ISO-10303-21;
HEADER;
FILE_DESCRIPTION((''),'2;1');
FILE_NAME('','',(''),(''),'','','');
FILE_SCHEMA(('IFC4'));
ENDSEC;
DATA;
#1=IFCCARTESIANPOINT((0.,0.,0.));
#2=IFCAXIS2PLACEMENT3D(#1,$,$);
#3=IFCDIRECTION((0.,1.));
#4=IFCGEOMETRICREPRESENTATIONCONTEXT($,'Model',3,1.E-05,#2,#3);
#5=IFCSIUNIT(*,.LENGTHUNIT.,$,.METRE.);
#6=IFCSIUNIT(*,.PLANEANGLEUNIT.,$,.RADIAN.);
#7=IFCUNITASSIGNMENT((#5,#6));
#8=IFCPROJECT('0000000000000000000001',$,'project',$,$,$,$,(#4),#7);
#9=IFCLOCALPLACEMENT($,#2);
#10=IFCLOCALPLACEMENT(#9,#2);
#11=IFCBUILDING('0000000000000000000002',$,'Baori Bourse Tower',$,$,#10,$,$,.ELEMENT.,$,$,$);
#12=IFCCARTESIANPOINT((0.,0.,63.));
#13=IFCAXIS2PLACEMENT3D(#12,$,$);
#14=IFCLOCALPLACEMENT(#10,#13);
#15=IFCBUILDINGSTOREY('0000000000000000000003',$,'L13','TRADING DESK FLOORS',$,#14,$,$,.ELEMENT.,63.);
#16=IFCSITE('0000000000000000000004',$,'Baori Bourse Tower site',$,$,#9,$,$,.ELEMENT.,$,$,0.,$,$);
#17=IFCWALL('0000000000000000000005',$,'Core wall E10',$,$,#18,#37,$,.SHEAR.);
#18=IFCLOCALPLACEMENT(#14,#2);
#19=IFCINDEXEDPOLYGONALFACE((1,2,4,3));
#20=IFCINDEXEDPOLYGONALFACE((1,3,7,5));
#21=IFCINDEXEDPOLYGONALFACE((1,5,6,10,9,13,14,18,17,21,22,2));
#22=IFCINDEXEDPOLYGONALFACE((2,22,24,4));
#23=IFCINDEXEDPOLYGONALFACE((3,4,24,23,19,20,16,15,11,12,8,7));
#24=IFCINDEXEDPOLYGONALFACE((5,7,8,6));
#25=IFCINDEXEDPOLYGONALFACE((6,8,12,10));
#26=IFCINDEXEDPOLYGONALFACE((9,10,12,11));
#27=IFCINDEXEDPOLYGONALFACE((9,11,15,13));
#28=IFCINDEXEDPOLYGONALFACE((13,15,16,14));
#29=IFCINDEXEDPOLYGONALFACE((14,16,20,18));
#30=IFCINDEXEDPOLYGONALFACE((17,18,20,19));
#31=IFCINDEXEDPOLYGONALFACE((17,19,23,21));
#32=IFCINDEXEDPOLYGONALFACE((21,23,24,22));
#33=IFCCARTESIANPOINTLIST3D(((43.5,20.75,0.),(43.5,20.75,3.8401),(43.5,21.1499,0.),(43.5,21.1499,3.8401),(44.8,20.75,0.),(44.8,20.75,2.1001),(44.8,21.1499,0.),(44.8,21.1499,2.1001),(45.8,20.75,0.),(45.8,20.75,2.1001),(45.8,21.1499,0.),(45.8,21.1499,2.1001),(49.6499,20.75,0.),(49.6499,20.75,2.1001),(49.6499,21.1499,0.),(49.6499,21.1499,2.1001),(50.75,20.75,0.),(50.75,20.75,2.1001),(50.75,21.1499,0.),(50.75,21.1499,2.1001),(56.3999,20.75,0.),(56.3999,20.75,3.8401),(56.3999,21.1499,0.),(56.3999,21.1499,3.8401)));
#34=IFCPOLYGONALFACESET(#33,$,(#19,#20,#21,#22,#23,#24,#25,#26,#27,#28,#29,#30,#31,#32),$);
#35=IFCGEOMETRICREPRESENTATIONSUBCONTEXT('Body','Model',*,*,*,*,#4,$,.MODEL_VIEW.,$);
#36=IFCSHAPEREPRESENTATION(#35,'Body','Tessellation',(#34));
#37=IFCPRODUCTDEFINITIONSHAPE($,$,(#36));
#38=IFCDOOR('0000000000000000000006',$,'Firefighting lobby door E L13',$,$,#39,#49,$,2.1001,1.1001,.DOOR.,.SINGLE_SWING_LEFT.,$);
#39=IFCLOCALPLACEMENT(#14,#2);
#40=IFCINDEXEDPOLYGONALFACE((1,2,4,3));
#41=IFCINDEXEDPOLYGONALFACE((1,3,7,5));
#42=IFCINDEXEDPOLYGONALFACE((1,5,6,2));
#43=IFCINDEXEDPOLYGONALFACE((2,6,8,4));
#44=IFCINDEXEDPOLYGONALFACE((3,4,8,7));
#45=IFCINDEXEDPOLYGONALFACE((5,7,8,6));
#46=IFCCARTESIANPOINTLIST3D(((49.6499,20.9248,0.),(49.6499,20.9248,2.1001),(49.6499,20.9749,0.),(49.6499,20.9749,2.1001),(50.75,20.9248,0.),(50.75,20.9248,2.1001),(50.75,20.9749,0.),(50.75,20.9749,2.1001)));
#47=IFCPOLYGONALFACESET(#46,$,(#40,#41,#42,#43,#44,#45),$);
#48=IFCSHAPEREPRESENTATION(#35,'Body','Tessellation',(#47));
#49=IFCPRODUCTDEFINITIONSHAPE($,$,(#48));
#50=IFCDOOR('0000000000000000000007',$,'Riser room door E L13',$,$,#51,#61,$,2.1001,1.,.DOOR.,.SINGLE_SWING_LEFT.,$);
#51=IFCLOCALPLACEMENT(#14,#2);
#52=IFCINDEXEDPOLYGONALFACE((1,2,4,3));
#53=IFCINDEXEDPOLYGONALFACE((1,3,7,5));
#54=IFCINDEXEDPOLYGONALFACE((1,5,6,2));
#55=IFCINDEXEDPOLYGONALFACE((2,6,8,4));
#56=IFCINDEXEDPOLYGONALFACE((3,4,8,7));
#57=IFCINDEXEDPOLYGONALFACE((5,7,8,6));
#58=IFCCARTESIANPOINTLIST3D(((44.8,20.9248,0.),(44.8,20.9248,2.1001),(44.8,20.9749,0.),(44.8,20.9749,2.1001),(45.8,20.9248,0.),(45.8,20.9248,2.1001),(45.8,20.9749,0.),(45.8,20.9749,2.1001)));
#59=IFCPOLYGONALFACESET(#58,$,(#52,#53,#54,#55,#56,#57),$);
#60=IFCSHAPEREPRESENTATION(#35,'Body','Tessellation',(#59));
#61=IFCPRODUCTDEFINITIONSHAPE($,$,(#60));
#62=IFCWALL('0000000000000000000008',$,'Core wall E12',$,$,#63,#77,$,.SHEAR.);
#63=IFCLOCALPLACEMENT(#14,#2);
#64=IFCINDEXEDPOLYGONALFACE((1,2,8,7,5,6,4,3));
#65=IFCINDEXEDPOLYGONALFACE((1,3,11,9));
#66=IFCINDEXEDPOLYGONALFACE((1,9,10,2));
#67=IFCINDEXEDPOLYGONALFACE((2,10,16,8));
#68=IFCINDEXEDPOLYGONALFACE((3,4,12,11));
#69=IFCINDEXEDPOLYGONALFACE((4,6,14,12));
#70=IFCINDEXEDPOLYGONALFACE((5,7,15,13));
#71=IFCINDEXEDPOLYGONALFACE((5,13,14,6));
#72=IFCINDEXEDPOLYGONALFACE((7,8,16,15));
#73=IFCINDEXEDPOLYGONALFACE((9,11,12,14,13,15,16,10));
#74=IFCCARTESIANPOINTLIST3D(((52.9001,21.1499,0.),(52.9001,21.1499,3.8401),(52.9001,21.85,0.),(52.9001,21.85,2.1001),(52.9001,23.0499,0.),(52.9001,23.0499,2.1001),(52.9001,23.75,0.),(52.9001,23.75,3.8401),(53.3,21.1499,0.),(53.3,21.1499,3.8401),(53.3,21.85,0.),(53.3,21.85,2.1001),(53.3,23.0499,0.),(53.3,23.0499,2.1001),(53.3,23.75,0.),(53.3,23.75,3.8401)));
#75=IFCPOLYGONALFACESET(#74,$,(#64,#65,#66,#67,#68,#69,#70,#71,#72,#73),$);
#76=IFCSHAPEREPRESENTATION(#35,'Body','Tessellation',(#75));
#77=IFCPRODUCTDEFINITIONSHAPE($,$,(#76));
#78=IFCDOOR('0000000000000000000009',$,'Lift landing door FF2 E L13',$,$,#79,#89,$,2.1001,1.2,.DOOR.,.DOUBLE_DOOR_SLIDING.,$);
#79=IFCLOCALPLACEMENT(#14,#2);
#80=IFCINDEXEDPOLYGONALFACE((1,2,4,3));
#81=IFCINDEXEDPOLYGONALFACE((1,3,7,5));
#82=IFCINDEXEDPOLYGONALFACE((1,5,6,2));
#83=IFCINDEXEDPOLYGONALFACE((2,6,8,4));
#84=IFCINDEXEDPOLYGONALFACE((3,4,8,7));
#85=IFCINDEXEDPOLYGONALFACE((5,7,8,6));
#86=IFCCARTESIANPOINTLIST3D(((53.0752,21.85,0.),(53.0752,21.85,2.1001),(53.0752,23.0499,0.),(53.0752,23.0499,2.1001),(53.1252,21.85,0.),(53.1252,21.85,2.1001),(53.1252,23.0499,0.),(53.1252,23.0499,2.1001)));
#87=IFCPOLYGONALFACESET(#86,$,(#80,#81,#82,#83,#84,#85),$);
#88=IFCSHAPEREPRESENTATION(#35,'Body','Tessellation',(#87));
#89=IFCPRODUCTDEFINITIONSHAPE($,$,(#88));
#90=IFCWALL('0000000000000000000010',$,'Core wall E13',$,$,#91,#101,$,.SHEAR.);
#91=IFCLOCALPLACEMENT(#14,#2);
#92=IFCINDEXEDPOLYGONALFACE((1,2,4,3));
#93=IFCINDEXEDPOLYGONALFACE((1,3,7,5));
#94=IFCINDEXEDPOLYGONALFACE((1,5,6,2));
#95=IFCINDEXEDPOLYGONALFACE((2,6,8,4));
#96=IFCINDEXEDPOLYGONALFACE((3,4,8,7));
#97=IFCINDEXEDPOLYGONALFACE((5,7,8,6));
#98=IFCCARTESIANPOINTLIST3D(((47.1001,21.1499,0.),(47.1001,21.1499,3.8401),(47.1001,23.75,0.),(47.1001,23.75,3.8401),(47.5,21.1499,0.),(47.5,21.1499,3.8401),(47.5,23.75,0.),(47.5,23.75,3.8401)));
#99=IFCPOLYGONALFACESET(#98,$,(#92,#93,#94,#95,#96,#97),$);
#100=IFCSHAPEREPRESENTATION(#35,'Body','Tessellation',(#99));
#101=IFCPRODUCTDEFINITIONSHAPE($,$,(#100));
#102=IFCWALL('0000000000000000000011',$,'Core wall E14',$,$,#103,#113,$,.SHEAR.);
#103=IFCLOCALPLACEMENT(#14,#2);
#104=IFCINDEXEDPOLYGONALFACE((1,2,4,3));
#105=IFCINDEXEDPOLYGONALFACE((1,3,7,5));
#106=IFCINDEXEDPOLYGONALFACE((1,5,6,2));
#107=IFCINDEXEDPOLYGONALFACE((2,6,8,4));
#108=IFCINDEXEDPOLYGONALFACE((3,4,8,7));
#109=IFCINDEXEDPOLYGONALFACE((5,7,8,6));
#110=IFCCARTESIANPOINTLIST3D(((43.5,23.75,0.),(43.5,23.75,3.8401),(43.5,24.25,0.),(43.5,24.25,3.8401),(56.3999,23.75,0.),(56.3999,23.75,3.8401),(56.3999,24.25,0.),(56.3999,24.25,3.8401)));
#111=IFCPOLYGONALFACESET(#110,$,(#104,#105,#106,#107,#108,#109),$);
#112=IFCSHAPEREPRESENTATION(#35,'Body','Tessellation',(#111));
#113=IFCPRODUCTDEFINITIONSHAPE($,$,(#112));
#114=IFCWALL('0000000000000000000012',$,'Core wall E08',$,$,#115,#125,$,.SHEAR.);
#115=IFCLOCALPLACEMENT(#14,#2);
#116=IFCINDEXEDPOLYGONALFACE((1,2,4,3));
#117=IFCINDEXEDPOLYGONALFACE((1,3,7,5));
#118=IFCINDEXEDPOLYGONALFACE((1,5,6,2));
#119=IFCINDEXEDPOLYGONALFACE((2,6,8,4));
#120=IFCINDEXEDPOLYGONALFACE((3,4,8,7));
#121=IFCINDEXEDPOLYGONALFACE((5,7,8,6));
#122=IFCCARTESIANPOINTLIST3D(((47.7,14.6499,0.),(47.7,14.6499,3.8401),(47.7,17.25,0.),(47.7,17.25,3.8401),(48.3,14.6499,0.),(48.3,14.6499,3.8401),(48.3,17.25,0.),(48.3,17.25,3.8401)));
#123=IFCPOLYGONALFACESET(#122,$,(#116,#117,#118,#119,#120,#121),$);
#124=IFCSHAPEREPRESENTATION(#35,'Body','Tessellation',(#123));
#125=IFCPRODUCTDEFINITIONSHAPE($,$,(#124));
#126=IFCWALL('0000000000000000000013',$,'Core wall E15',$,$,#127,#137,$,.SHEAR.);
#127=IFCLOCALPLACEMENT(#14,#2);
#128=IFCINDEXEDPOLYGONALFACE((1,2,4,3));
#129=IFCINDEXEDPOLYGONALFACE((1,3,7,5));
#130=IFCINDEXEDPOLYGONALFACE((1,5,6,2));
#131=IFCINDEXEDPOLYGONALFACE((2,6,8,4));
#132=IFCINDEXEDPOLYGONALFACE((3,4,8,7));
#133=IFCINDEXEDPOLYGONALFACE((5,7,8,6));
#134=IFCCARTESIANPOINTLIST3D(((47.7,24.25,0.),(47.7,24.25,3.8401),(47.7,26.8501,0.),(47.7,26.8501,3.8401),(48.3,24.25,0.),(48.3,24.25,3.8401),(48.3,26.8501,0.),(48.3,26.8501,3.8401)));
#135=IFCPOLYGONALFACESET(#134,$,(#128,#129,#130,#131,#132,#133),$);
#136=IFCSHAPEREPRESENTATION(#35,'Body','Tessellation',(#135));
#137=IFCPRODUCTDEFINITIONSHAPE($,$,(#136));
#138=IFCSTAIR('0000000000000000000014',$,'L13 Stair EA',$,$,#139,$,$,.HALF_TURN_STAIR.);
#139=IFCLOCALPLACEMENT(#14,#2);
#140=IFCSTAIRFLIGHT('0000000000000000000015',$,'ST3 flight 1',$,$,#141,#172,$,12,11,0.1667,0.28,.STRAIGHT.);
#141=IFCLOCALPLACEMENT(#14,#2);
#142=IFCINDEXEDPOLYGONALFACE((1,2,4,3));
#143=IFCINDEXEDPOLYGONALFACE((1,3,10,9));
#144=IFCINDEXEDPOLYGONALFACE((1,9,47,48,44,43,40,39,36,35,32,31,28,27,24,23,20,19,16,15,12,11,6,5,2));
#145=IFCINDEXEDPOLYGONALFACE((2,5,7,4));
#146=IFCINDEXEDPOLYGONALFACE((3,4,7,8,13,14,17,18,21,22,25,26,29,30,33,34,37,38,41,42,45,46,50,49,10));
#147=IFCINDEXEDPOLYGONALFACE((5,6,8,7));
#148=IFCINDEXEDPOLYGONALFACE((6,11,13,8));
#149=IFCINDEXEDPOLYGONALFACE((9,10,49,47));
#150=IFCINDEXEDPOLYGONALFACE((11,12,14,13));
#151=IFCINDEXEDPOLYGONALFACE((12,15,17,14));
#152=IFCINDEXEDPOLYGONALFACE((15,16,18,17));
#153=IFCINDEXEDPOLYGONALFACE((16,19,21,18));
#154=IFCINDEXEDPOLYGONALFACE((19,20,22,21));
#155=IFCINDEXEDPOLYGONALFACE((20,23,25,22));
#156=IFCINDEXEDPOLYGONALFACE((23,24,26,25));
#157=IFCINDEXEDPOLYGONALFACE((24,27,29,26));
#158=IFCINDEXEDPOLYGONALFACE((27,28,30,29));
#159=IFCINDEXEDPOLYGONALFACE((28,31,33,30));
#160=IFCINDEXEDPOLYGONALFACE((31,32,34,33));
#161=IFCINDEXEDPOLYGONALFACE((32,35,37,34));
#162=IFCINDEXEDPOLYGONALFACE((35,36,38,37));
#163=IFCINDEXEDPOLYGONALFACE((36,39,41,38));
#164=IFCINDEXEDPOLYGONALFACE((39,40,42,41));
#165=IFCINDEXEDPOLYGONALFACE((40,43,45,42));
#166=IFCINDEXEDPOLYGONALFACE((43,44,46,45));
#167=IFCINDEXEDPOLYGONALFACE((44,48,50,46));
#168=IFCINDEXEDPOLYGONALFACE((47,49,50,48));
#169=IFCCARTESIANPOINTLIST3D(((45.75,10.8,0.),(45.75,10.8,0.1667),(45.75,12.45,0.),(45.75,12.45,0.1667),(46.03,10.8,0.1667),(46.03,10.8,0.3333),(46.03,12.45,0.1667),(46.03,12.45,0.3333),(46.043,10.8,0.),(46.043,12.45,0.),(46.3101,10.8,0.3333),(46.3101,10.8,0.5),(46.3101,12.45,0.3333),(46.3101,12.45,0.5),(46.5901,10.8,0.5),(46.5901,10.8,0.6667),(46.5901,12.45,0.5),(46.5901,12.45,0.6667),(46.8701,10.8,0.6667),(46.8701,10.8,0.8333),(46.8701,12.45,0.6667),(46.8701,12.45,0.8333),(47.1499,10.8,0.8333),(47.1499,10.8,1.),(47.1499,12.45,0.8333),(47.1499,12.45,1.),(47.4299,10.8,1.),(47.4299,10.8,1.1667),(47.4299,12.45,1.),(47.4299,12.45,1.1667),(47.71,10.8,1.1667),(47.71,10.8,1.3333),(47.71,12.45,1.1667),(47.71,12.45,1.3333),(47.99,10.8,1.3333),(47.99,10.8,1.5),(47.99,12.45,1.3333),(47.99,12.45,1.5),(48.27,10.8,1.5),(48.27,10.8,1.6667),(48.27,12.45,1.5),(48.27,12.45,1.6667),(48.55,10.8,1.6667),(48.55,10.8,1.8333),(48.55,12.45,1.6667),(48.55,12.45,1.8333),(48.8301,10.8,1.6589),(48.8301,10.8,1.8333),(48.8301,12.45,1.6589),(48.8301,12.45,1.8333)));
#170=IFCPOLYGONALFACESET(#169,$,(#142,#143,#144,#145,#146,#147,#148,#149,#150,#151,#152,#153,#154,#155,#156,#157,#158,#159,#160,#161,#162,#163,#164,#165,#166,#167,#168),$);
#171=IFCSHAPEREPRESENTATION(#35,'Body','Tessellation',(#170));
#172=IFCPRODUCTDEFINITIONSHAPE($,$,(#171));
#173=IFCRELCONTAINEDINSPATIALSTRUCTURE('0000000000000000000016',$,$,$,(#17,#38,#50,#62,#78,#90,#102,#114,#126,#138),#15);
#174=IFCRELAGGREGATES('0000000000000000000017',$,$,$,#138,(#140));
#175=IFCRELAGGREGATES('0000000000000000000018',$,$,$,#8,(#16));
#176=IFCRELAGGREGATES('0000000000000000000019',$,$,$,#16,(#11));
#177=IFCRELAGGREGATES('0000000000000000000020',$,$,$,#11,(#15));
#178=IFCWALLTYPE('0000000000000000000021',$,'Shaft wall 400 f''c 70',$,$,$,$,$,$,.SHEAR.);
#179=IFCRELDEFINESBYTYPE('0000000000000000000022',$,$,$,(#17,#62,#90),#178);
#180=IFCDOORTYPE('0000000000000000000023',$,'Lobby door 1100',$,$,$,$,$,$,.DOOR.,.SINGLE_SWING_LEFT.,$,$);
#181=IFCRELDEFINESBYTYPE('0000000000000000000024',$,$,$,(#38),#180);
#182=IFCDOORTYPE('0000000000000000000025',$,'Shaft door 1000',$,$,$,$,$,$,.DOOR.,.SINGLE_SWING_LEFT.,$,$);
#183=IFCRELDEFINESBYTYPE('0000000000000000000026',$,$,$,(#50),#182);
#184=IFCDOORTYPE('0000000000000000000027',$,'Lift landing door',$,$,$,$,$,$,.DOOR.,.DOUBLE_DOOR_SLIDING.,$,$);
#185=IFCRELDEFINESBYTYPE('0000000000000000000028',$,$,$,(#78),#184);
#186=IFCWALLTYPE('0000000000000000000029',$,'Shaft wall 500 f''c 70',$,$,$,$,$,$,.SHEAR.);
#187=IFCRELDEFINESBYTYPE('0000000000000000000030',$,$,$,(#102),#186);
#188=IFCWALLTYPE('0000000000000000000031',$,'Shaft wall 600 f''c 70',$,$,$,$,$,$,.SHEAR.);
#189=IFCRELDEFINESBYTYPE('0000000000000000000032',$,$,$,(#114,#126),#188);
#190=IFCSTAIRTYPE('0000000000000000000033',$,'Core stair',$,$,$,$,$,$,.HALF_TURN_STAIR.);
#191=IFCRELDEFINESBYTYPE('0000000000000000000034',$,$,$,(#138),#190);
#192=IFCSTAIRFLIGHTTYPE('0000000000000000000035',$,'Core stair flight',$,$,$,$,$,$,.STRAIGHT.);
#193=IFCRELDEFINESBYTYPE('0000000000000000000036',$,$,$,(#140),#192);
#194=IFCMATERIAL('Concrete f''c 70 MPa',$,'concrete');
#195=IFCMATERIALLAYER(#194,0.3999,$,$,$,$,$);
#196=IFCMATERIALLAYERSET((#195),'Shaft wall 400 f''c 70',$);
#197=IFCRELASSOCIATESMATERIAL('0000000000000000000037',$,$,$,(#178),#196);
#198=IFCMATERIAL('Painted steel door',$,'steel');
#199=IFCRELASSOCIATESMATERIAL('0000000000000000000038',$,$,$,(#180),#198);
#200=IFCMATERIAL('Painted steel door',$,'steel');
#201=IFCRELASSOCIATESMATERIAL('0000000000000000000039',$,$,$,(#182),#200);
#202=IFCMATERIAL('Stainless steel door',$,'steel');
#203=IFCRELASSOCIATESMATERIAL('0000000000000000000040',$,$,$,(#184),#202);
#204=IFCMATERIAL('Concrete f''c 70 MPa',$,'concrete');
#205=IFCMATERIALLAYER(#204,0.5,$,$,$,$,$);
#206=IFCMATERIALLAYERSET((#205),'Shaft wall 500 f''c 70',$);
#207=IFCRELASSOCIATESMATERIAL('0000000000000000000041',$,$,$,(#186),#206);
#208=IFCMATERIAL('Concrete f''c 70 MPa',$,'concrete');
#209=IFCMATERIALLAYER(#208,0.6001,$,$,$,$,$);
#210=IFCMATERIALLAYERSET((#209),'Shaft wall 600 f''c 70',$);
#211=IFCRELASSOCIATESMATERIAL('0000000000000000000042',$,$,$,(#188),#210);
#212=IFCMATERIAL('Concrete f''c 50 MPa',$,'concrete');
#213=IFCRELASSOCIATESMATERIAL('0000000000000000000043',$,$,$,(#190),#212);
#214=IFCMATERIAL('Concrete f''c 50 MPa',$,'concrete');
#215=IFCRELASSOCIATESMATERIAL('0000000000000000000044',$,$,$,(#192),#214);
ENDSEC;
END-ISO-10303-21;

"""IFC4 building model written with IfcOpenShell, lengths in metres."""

from ifc_helpers import new_model, si_unit, direction, frame, frame_2d, origin, place, context, subcontext, project, spatial, polyline, rectangle, outline, extrude, material, layer, layer_set, type_object, element, fill, aggregate, save


model = new_model("IFC4")

# Units and contexts
model_context = context("Model", 3, precision=1e-05, world=origin(), true_north=direction((0.0, 1.0)))
body_context = subcontext(model_context, "Body", "Model", "MODEL_VIEW")
ifc_project = project(units=[si_unit("LENGTHUNIT", "METRE"), si_unit("PLANEANGLEUNIT", "RADIAN")], contexts=[model_context])

# Site, building, storey
site_placement = place(None, origin())
site = spatial("IfcSite", under=ifc_project, at=site_placement, Name="Baori Bourse Tower site", CompositionType="ELEMENT", RefElevation=0.0)
building_placement = place(site_placement, origin())
building = spatial("IfcBuilding", under=site, at=building_placement, Name="Baori Bourse Tower", CompositionType="ELEMENT")
storey_placement = place(building_placement, frame((0.0, 0.0, 63.0)))
storey = spatial("IfcBuildingStorey", under=building, at=storey_placement, Name="L13", Description="TRADING DESK FLOORS", CompositionType="ELEMENT", Elevation=63.0)

# Wall, openings, doors
ifc_material_1 = material(Name="Concrete f'c 70 MPa", Category="concrete")
ifc_layer_1 = layer(ifc_material_1, 0.3999)
ifc_layer_set_1 = layer_set([ifc_layer_1], Name="Shaft wall 400 f'c 70")
wall_type_1 = type_object("IfcWallType", Name="Shaft wall 400 f'c 70", PredefinedType="SHEAR", material=ifc_layer_set_1)
wall_1_placement = place(storey_placement, frame((43.5, 20.95, 0.0), z_axis=(0.0, 0.0, 1.0), x_axis=(1.0, 0.0, 0.0)))
wall_1 = element("IfcWall", 1, at=wall_1_placement, inside=storey, type_object=wall_type_1, Name="Core wall E10", PredefinedType="SHEAR", context=body_context, shape_type="SweptSolid", body=[
    extrude(rectangle(XDim=12.8999, YDim=0.3999, at=frame_2d((6.45, 0.0))), origin(), (0.0, 0.0, 1.0), 3.8401),
])
opening_1_placement = place(wall_1_placement, frame((6.1499, 0.0, 0.0)))
opening_1 = element("IfcOpeningElement", 2, at=opening_1_placement, cuts=wall_1, PredefinedType="OPENING", context=body_context, shape_type="SweptSolid", body=[
    extrude(rectangle(XDim=1.1001, YDim=2.1001, at=frame_2d((0.55, 1.05))), frame((0.0, 0.21, 0.0), z_axis=(0.0, -1.0, 0.0), x_axis=(1.0, 0.0, 0.0)), (0.0, 0.0, 1.0), 0.4199),
])
opening_2_placement = place(wall_1_placement, frame((1.3, 0.0, 0.0)))
opening_2 = element("IfcOpeningElement", 3, at=opening_2_placement, cuts=wall_1, PredefinedType="OPENING", context=body_context, shape_type="SweptSolid", body=[
    extrude(rectangle(XDim=1.0, YDim=2.1001, at=frame_2d((0.5, 1.05))), frame((0.0, 0.21, 0.0), z_axis=(0.0, -1.0, 0.0), x_axis=(1.0, 0.0, 0.0)), (0.0, 0.0, 1.0), 0.4199),
])
ifc_material_2 = material(Name="Painted steel door", Category="steel")
door_type_1 = type_object("IfcDoorType", Name="Lobby door 1100", OperationType="SINGLE_SWING_LEFT", PredefinedType="DOOR", material=ifc_material_2)
door_1_placement = place(opening_1_placement, origin())
door_1 = element("IfcDoor", 4, at=door_1_placement, inside=storey, type_object=door_type_1, Name="Firefighting lobby door E L13", OperationType="SINGLE_SWING_LEFT", OverallHeight=2.1001, OverallWidth=1.1001, PredefinedType="DOOR", context=body_context, shape_type="SweptSolid", body=[
    extrude(rectangle(XDim=1.1001, YDim=2.1001, at=frame_2d((0.55, 1.05))), frame((0.0, 0.0249, 0.0), z_axis=(0.0, -1.0, 0.0), x_axis=(1.0, 0.0, 0.0)), (0.0, 0.0, 1.0), 0.05),
])
fill(opening_1, door_1)
ifc_material_3 = material(Name="Painted steel door", Category="steel")
door_type_2 = type_object("IfcDoorType", Name="Shaft door 1000", OperationType="SINGLE_SWING_LEFT", PredefinedType="DOOR", material=ifc_material_3)
door_2_placement = place(opening_2_placement, origin())
door_2 = element("IfcDoor", 5, at=door_2_placement, inside=storey, type_object=door_type_2, Name="Riser room door E L13", OperationType="SINGLE_SWING_LEFT", OverallHeight=2.1001, OverallWidth=1.0, PredefinedType="DOOR", context=body_context, shape_type="SweptSolid", body=[
    extrude(rectangle(XDim=1.0, YDim=2.1001, at=frame_2d((0.5, 1.05))), frame((0.0, 0.0249, 0.0), z_axis=(0.0, -1.0, 0.0), x_axis=(1.0, 0.0, 0.0)), (0.0, 0.0, 1.0), 0.05),
])
fill(opening_2, door_2)

# Wall, opening, door
wall_2_placement = place(storey_placement, frame((53.1001, 21.1499, 0.0), z_axis=(0.0, 0.0, 1.0), x_axis=(0.0, 1.0, 0.0)))
wall_2 = element("IfcWall", 6, at=wall_2_placement, inside=storey, type_object=wall_type_1, Name="Core wall E12", PredefinedType="SHEAR", context=body_context, shape_type="SweptSolid", body=[
    extrude(rectangle(XDim=2.6001, YDim=0.3999, at=frame_2d((1.3, 0.0))), origin(), (0.0, 0.0, 1.0), 3.8401),
])
opening_3_placement = place(wall_2_placement, frame((0.7, 0.0, 0.0)))
opening_3 = element("IfcOpeningElement", 7, at=opening_3_placement, cuts=wall_2, PredefinedType="OPENING", context=body_context, shape_type="SweptSolid", body=[
    extrude(rectangle(XDim=1.2, YDim=2.1001, at=frame_2d((0.6001, 1.05))), frame((0.0, 0.21, 0.0), z_axis=(0.0, -1.0, 0.0), x_axis=(1.0, 0.0, 0.0)), (0.0, 0.0, 1.0), 0.4199),
])
ifc_material_4 = material(Name="Stainless steel door", Category="steel")
door_type_3 = type_object("IfcDoorType", Name="Lift landing door", OperationType="DOUBLE_DOOR_SLIDING", PredefinedType="DOOR", material=ifc_material_4)
door_3_placement = place(opening_3_placement, origin())
door_3 = element("IfcDoor", 8, at=door_3_placement, inside=storey, type_object=door_type_3, Name="Lift landing door FF2 E L13", OperationType="DOUBLE_DOOR_SLIDING", OverallHeight=2.1001, OverallWidth=1.2, PredefinedType="DOOR", context=body_context, shape_type="SweptSolid", body=[
    extrude(rectangle(XDim=1.2, YDim=2.1001, at=frame_2d((0.6001, 1.05))), frame((0.0, 0.0249, 0.0), z_axis=(0.0, -1.0, 0.0), x_axis=(1.0, 0.0, 0.0)), (0.0, 0.0, 1.0), 0.05),
])
fill(opening_3, door_3)

# Walls
wall_3_placement = place(storey_placement, frame((47.3, 21.1499, 0.0), z_axis=(0.0, 0.0, 1.0), x_axis=(0.0, 1.0, 0.0)))
element("IfcWall", 9, at=wall_3_placement, inside=storey, type_object=wall_type_1, Name="Core wall E13", PredefinedType="SHEAR", context=body_context, shape_type="SweptSolid", body=[
    extrude(rectangle(XDim=2.6001, YDim=0.3999, at=frame_2d((1.3, 0.0))), origin(), (0.0, 0.0, 1.0), 3.8401),
])
ifc_material_5 = material(Name="Concrete f'c 70 MPa", Category="concrete")
ifc_layer_2 = layer(ifc_material_5, 0.5)
ifc_layer_set_2 = layer_set([ifc_layer_2], Name="Shaft wall 500 f'c 70")
wall_type_2 = type_object("IfcWallType", Name="Shaft wall 500 f'c 70", PredefinedType="SHEAR", material=ifc_layer_set_2)
wall_4_placement = place(storey_placement, frame((43.5, 24.0, 0.0), z_axis=(0.0, 0.0, 1.0), x_axis=(1.0, 0.0, 0.0)))
element("IfcWall", 10, at=wall_4_placement, inside=storey, type_object=wall_type_2, Name="Core wall E14", PredefinedType="SHEAR", context=body_context, shape_type="SweptSolid", body=[
    extrude(rectangle(XDim=12.8999, YDim=0.5, at=frame_2d((6.45, 0.0))), origin(), (0.0, 0.0, 1.0), 3.8401),
])
ifc_material_6 = material(Name="Concrete f'c 70 MPa", Category="concrete")
ifc_layer_3 = layer(ifc_material_6, 0.6001)
ifc_layer_set_3 = layer_set([ifc_layer_3], Name="Shaft wall 600 f'c 70")
wall_type_3 = type_object("IfcWallType", Name="Shaft wall 600 f'c 70", PredefinedType="SHEAR", material=ifc_layer_set_3)
for number, where, z_axis, x_axis, name in (
    (11, (48.0, 14.6499, 0.0), (0.0, 0.0, 1.0), (0.0, 1.0, 0.0), "Core wall E08"),
    (12, (48.0, 24.25, 0.0), (0.0, 0.0, 1.0), (0.0, 1.0, 0.0), "Core wall E15"),
):
    element("IfcWall", number, at=place(storey_placement, frame(where, z_axis=z_axis, x_axis=x_axis)), inside=storey, type_object=wall_type_3, Name=name, PredefinedType="SHEAR", context=body_context, shape_type="SweptSolid", body=[
        extrude(rectangle(XDim=2.6001, YDim=0.6001, at=frame_2d((1.3, 0.0))), origin(), (0.0, 0.0, 1.0), 3.8401),
    ])

# Stair, stair flight
ifc_material_7 = material(Name="Concrete f'c 50 MPa", Category="concrete")
stair_type = type_object("IfcStairType", Name="Core stair", PredefinedType="HALF_TURN_STAIR", material=ifc_material_7)
stair_placement = place(storey_placement, origin())
stair = element("IfcStair", 13, at=stair_placement, inside=storey, type_object=stair_type, Name="L13 Stair EA", PredefinedType="HALF_TURN_STAIR")
ifc_material_8 = material(Name="Concrete f'c 50 MPa", Category="concrete")
stair_flight_type = type_object("IfcStairFlightType", Name="Core stair flight", PredefinedType="STRAIGHT", material=ifc_material_8)
stair_flight_1_placement = place(storey_placement, frame((45.75, 11.625, 0.0), z_axis=(0.0, 0.0, 1.0), x_axis=(1.0, 0.0, 0.0)))
stair_flight_1 = element("IfcStairFlight", 14, at=stair_flight_1_placement, type_object=stair_flight_type, Name="ST3 flight 1", NumberOfRisers=12, NumberOfTreads=11, PredefinedType="STRAIGHT", RiserHeight=0.1667, TreadLength=0.28, context=body_context, shape_type="SweptSolid", body=[
    extrude(outline(polyline([(0.0, 0.0), (0.0, 0.1667), (0.28, 0.1667), (0.28, 0.3333), (0.5601, 0.3333), (0.5601, 0.5), (0.8401, 0.5), (0.8401, 0.6667), (1.1201, 0.6667), (1.1201, 0.8333), (1.3999, 0.8333), (1.3999, 1.0), (1.6799, 1.0), (1.6799, 1.1667), (1.96, 1.1667), (1.96, 1.3333), (2.24, 1.3333), (2.24, 1.5), (2.52, 1.5), (2.52, 1.6667), (2.8, 1.6667), (2.8, 1.8333), (3.0801, 1.8333), (3.0801, 2.0), (3.0801, 1.6589), (0.293, 0.0), (0.0, 0.0)])), frame((0.0, 0.825, 0.0), z_axis=(0.0, -1.0, 0.0), x_axis=(1.0, 0.0, 0.0)), (0.0, 0.0, 1.0), 1.6499),
])
aggregate(stair, [stair_flight_1])

save(model, "model.ifc")
